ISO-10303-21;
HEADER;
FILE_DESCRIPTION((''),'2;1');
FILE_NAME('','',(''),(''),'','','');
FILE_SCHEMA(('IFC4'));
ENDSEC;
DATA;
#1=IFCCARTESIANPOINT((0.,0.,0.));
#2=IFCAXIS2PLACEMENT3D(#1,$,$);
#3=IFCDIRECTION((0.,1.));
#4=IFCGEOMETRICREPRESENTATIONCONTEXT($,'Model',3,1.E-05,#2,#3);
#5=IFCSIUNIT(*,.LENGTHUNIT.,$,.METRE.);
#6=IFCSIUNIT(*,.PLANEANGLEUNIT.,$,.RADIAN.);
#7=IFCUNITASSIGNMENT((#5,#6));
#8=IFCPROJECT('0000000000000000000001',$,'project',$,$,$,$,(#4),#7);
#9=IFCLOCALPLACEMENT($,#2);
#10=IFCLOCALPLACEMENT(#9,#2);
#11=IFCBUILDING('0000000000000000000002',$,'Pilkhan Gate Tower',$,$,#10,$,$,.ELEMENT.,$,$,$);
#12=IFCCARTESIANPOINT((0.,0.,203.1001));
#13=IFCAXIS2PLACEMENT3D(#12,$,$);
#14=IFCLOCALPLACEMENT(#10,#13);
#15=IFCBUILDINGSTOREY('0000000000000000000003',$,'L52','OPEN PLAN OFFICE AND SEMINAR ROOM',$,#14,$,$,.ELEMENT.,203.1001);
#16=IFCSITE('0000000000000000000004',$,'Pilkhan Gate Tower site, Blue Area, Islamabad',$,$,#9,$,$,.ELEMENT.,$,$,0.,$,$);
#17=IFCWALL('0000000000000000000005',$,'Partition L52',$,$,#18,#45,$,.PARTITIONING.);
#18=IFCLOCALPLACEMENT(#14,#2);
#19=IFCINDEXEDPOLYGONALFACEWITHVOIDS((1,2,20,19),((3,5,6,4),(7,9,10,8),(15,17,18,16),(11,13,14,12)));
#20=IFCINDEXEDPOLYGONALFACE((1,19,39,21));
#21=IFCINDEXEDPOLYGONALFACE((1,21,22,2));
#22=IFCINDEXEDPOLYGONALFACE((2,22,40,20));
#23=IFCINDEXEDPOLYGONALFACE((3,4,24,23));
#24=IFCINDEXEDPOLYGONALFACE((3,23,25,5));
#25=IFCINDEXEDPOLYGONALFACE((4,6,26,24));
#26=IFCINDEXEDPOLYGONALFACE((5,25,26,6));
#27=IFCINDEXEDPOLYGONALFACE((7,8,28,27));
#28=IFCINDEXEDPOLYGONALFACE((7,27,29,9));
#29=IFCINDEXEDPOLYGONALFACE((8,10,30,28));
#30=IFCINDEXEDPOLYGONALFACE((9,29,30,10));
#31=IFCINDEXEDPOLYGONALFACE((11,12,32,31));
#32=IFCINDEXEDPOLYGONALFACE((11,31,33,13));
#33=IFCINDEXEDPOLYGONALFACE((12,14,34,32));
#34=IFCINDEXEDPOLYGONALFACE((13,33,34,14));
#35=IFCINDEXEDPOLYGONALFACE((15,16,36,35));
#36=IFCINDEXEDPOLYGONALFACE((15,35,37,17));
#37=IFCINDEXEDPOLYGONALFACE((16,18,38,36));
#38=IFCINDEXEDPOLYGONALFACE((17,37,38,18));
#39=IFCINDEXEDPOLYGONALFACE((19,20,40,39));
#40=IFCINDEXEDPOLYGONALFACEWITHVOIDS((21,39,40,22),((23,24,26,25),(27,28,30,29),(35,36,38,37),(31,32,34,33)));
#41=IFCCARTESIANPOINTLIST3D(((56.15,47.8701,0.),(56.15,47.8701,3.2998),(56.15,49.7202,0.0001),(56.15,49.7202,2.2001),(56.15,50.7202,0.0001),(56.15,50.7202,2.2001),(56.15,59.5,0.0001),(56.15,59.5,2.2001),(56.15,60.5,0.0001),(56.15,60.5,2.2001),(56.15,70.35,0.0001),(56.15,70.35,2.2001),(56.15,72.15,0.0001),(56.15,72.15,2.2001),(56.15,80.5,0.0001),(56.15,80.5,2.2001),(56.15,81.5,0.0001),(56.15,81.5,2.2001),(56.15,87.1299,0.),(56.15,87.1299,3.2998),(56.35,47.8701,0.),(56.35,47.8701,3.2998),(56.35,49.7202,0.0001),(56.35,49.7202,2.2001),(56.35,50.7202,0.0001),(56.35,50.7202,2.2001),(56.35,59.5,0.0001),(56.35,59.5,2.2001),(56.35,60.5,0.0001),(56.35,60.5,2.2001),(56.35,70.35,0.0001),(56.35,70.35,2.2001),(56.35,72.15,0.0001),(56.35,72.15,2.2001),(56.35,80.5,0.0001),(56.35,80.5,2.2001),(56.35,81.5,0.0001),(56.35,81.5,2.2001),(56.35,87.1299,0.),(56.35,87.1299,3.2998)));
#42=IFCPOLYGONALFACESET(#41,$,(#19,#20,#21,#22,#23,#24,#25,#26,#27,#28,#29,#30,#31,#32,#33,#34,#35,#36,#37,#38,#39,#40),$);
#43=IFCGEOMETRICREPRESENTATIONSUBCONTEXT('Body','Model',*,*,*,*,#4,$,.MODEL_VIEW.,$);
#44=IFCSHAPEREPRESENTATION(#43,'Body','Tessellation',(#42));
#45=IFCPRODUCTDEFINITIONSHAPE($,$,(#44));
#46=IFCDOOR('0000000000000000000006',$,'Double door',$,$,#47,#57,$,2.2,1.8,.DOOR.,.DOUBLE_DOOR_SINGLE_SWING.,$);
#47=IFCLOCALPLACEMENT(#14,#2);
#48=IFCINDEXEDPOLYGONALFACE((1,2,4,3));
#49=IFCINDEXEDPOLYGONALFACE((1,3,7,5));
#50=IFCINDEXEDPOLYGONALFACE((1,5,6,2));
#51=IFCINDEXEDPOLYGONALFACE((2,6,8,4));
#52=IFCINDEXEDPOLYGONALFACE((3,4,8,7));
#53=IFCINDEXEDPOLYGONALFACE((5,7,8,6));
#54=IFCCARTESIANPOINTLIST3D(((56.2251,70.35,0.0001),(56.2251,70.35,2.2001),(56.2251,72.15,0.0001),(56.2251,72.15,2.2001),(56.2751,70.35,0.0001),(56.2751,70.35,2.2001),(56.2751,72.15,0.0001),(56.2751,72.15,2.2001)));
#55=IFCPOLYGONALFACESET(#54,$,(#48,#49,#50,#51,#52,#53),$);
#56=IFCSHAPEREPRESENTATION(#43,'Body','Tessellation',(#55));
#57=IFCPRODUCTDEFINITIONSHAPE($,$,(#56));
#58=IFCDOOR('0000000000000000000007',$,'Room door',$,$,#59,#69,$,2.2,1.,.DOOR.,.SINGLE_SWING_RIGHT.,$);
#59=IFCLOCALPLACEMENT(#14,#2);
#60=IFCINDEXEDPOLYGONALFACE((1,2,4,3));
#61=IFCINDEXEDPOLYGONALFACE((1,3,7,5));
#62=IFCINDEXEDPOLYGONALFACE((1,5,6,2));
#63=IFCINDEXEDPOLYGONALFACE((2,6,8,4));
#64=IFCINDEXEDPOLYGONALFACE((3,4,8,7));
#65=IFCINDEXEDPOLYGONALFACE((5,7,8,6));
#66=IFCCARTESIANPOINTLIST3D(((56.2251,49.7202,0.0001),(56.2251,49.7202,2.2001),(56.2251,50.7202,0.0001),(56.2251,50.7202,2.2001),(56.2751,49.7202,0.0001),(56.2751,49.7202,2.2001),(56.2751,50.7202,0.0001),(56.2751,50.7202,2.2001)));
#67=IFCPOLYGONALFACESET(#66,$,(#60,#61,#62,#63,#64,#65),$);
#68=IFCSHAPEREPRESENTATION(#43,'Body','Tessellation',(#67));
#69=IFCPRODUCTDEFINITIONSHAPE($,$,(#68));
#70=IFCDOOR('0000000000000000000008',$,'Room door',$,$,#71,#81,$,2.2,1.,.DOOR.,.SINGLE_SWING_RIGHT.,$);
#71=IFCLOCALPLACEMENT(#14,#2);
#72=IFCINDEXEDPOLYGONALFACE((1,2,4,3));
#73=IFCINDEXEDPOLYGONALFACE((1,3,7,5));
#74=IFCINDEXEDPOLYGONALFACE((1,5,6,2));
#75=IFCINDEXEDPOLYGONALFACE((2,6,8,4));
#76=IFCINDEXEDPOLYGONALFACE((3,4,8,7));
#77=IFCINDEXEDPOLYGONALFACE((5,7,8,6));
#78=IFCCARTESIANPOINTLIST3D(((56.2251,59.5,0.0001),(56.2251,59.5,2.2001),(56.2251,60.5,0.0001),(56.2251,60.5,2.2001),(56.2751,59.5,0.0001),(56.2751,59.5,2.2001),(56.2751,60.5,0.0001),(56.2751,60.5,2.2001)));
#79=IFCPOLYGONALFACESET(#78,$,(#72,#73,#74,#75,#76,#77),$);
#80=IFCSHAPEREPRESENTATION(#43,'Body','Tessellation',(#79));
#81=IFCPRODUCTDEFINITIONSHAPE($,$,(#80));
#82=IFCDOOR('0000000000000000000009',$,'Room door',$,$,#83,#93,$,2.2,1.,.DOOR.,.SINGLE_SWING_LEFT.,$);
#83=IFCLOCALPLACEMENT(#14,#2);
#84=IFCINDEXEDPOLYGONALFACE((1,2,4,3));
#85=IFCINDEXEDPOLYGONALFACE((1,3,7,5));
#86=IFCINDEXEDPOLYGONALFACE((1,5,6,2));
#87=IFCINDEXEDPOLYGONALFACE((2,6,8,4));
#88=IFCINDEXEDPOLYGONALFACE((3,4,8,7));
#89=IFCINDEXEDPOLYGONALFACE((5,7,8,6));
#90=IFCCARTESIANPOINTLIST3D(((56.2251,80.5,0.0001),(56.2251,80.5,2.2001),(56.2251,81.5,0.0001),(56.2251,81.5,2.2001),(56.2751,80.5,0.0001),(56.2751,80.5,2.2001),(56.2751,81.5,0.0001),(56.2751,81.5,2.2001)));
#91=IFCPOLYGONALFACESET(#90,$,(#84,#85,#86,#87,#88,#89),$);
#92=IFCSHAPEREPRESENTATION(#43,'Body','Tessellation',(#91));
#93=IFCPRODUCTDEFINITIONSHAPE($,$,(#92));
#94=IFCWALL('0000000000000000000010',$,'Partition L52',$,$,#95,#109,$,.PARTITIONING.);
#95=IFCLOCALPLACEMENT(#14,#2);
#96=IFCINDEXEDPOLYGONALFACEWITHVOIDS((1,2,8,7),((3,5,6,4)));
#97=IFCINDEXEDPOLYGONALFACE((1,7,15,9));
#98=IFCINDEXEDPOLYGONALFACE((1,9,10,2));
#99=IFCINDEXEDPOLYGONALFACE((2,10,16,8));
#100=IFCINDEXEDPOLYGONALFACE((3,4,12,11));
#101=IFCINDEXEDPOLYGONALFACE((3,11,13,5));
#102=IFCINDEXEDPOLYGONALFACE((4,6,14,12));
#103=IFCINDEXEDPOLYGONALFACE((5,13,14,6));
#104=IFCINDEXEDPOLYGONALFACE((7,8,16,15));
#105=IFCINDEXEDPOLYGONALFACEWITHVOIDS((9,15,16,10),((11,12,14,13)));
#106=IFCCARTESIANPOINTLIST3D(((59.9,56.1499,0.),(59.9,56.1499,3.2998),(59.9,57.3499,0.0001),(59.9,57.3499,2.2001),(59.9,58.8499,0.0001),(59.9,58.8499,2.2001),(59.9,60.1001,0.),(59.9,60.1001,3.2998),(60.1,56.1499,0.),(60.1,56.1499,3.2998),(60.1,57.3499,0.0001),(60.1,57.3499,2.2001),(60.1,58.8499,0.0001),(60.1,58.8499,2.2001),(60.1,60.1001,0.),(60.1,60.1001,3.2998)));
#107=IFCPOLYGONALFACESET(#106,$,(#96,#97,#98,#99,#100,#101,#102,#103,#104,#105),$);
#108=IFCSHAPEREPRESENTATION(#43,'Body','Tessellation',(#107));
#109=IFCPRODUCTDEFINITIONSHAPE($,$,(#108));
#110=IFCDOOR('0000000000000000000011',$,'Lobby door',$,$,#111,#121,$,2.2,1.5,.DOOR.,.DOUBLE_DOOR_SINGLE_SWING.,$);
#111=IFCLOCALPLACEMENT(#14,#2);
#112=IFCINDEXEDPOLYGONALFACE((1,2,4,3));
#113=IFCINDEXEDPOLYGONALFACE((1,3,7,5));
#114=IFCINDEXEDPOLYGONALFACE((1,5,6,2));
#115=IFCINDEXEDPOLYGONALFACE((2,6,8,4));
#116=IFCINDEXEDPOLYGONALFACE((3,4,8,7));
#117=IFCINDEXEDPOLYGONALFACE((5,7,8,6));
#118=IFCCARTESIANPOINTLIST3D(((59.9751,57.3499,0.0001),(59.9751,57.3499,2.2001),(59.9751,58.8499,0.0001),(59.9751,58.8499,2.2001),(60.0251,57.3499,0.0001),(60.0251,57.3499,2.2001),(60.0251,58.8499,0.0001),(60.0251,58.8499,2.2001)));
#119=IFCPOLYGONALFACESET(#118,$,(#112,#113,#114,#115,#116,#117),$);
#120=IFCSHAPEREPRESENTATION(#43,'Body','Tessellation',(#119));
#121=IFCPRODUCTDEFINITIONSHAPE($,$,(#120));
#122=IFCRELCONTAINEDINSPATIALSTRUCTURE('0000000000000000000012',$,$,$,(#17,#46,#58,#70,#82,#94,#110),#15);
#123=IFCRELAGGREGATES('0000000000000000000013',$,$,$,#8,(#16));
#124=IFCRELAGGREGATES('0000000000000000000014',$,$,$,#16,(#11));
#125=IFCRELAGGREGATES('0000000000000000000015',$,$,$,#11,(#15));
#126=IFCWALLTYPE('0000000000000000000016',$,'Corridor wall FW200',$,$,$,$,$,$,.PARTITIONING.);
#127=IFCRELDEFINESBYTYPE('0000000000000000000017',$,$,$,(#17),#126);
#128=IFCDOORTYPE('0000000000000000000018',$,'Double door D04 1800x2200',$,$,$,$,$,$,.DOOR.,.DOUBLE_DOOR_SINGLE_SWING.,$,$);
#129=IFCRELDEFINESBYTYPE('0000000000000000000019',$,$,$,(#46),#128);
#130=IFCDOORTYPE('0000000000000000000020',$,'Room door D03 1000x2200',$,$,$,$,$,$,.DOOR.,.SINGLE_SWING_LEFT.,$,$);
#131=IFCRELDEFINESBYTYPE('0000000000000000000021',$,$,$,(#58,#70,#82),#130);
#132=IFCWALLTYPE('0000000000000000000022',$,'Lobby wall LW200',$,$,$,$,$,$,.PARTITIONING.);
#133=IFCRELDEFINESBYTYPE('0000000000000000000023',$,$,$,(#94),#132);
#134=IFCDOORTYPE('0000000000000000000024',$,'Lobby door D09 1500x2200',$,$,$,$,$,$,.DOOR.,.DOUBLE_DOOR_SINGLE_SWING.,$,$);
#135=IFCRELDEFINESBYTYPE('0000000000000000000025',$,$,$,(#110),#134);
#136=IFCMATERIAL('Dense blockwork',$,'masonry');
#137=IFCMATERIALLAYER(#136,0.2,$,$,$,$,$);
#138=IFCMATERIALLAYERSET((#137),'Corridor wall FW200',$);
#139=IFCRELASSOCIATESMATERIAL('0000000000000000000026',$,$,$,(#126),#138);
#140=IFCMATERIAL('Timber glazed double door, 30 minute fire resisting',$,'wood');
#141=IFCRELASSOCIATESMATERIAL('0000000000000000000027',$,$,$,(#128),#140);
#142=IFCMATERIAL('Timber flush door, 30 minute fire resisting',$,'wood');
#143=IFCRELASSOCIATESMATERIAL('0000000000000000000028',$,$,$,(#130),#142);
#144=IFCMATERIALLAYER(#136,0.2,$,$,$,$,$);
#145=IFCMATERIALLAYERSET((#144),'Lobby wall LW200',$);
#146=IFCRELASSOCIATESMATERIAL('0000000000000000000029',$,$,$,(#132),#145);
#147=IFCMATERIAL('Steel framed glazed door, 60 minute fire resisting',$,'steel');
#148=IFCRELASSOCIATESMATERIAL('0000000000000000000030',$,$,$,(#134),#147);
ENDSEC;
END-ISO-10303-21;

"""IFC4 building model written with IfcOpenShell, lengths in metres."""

from ifc_helpers import new_model, si_unit, direction, frame, frame_2d, origin, place, context, subcontext, project, spatial, rectangle, extrude, material, layer, layer_set, type_object, element, fill, save


model = new_model("IFC4")

# Units and contexts
model_context = context("Model", 3, precision=1e-05, world=origin(), true_north=direction((0.0, 1.0)))
body_context = subcontext(model_context, "Body", "Model", "MODEL_VIEW")
ifc_project = project(units=[si_unit("LENGTHUNIT", "METRE"), si_unit("PLANEANGLEUNIT", "RADIAN")], contexts=[model_context])

# Site, building, storey
site_placement = place(None, origin())
site = spatial("IfcSite", under=ifc_project, at=site_placement, Name="Pilkhan Gate Tower site, Blue Area, Islamabad", CompositionType="ELEMENT", RefElevation=0.0)
building_placement = place(site_placement, origin())
building = spatial("IfcBuilding", under=site, at=building_placement, Name="Pilkhan Gate Tower", CompositionType="ELEMENT")
storey_placement = place(building_placement, frame((0.0, 0.0, 203.1001)))
storey = spatial("IfcBuildingStorey", under=building, at=storey_placement, Name="L52", Description="OPEN PLAN OFFICE AND SEMINAR ROOM", CompositionType="ELEMENT", Elevation=203.1001)

# Shared definitions
ifc_material_1 = material(Name="Dense blockwork", Category="masonry")
ifc_layer_1 = layer(ifc_material_1, 0.2)
ifc_layer_set_1 = layer_set([ifc_layer_1], Name="Corridor wall FW200")
wall_type_1 = type_object("IfcWallType", Name="Corridor wall FW200", PredefinedType="PARTITIONING", material=ifc_layer_set_1)

# Wall, openings, doors
wall_1_placement = place(storey_placement, frame((56.25, 47.8701, 0.0), z_axis=(0.0, 0.0, 1.0), x_axis=(0.0, 1.0, 0.0)))
wall_1 = element("IfcWall", 1, at=wall_1_placement, inside=storey, type_object=wall_type_1, Name="Partition L52", PredefinedType="PARTITIONING", context=body_context, shape_type="SweptSolid", body=[
    extrude(rectangle(XDim=39.2598, YDim=0.2, at=frame_2d((19.6299, 0.0))), origin(), (0.0, 0.0, 1.0), 3.2998),
])
opening_1_placement = place(wall_1_placement, frame((1.8501, 0.0, 0.0)))
opening_1 = element("IfcOpeningElement", 2, at=opening_1_placement, cuts=wall_1, PredefinedType="OPENING", context=body_context, shape_type="SweptSolid", body=[
    extrude(rectangle(XDim=1.0, YDim=2.2, at=frame_2d((0.5, 1.1001))), frame((0.0, 0.1099, 0.0), z_axis=(0.0, -1.0, 0.0), x_axis=(1.0, 0.0, 0.0)), (0.0, 0.0, 1.0), 0.22),
])
opening_2_placement = place(wall_1_placement, frame((11.6299, 0.0, 0.0)))
opening_2 = element("IfcOpeningElement", 3, at=opening_2_placement, cuts=wall_1, PredefinedType="OPENING", context=body_context, shape_type="SweptSolid", body=[
    extrude(rectangle(XDim=1.0, YDim=2.2, at=frame_2d((0.5, 1.1001))), frame((0.0, 0.1099, 0.0), z_axis=(0.0, -1.0, 0.0), x_axis=(1.0, 0.0, 0.0)), (0.0, 0.0, 1.0), 0.22),
])
opening_3_placement = place(wall_1_placement, frame((22.48, 0.0, 0.0)))
opening_3 = element("IfcOpeningElement", 4, at=opening_3_placement, cuts=wall_1, PredefinedType="OPENING", context=body_context, shape_type="SweptSolid", body=[
    extrude(rectangle(XDim=1.8, YDim=2.2, at=frame_2d((0.8999, 1.1001))), frame((0.0, 0.1099, 0.0), z_axis=(0.0, -1.0, 0.0), x_axis=(1.0, 0.0, 0.0)), (0.0, 0.0, 1.0), 0.22),
])
opening_4_placement = place(wall_1_placement, frame((32.6299, 0.0, 0.0)))
opening_4 = element("IfcOpeningElement", 5, at=opening_4_placement, cuts=wall_1, PredefinedType="OPENING", context=body_context, shape_type="SweptSolid", body=[
    extrude(rectangle(XDim=1.0, YDim=2.2, at=frame_2d((0.5, 1.1001))), frame((0.0, 0.1099, 0.0), z_axis=(0.0, -1.0, 0.0), x_axis=(1.0, 0.0, 0.0)), (0.0, 0.0, 1.0), 0.22),
])
ifc_material_2 = material(Name="Timber glazed double door, 30 minute fire resisting", Category="wood")
door_type_1 = type_object("IfcDoorType", Name="Double door D04 1800x2200", OperationType="DOUBLE_DOOR_SINGLE_SWING", PredefinedType="DOOR", material=ifc_material_2)
door_1_placement = place(opening_3_placement, origin())
door_1 = element("IfcDoor", 6, at=door_1_placement, inside=storey, type_object=door_type_1, Name="Double door", OperationType="DOUBLE_DOOR_SINGLE_SWING", OverallHeight=2.2, OverallWidth=1.8, PredefinedType="DOOR", context=body_context, shape_type="SweptSolid", body=[
    extrude(rectangle(XDim=1.8, YDim=2.2, at=frame_2d((0.8999, 1.1001))), frame((0.0, 0.0249, 0.0), z_axis=(0.0, -1.0, 0.0), x_axis=(1.0, 0.0, 0.0)), (0.0, 0.0, 1.0), 0.05),
])
fill(opening_3, door_1)
ifc_material_3 = material(Name="Timber flush door, 30 minute fire resisting", Category="wood")
door_type_2 = type_object("IfcDoorType", Name="Room door D03 1000x2200", OperationType="SINGLE_SWING_LEFT", PredefinedType="DOOR", material=ifc_material_3)
door_2_placement = place(opening_1_placement, origin())
door_2 = element("IfcDoor", 7, at=door_2_placement, inside=storey, type_object=door_type_2, Name="Room door", OperationType="SINGLE_SWING_RIGHT", OverallHeight=2.2, OverallWidth=1.0, PredefinedType="DOOR", context=body_context, shape_type="SweptSolid", body=[
    extrude(rectangle(XDim=1.0, YDim=2.2, at=frame_2d((0.5, 1.1001))), frame((0.0, 0.0249, 0.0), z_axis=(0.0, -1.0, 0.0), x_axis=(1.0, 0.0, 0.0)), (0.0, 0.0, 1.0), 0.05),
])
fill(opening_1, door_2)
door_3_placement = place(opening_2_placement, origin())
door_3 = element("IfcDoor", 8, at=door_3_placement, inside=storey, type_object=door_type_2, Name="Room door", OperationType="SINGLE_SWING_RIGHT", OverallHeight=2.2, OverallWidth=1.0, PredefinedType="DOOR", context=body_context, shape_type="SweptSolid", body=[
    extrude(rectangle(XDim=1.0, YDim=2.2, at=frame_2d((0.5, 1.1001))), frame((0.0, 0.0249, 0.0), z_axis=(0.0, -1.0, 0.0), x_axis=(1.0, 0.0, 0.0)), (0.0, 0.0, 1.0), 0.05),
])
fill(opening_2, door_3)
door_4_placement = place(opening_4_placement, origin())
door_4 = element("IfcDoor", 9, at=door_4_placement, inside=storey, type_object=door_type_2, Name="Room door", OperationType="SINGLE_SWING_LEFT", OverallHeight=2.2, OverallWidth=1.0, PredefinedType="DOOR", context=body_context, shape_type="SweptSolid", body=[
    extrude(rectangle(XDim=1.0, YDim=2.2, at=frame_2d((0.5, 1.1001))), frame((0.0, 0.0249, 0.0), z_axis=(0.0, -1.0, 0.0), x_axis=(1.0, 0.0, 0.0)), (0.0, 0.0, 1.0), 0.05),
])
fill(opening_4, door_4)

# Wall, opening, door
ifc_layer_2 = layer(ifc_material_1, 0.2)
ifc_layer_set_2 = layer_set([ifc_layer_2], Name="Lobby wall LW200")
wall_type_2 = type_object("IfcWallType", Name="Lobby wall LW200", PredefinedType="PARTITIONING", material=ifc_layer_set_2)
wall_2_placement = place(storey_placement, frame((60.0, 56.1499, 0.0), z_axis=(0.0, 0.0, 1.0), x_axis=(0.0, 1.0, 0.0)))
wall_2 = element("IfcWall", 10, at=wall_2_placement, inside=storey, type_object=wall_type_2, Name="Partition L52", PredefinedType="PARTITIONING", context=body_context, shape_type="SweptSolid", body=[
    extrude(rectangle(XDim=3.9502, YDim=0.2, at=frame_2d((1.9751, 0.0))), origin(), (0.0, 0.0, 1.0), 3.2998),
])
opening_5_placement = place(wall_2_placement, frame((1.2, 0.0, 0.0)))
opening_5 = element("IfcOpeningElement", 11, at=opening_5_placement, cuts=wall_2, PredefinedType="OPENING", context=body_context, shape_type="SweptSolid", body=[
    extrude(rectangle(XDim=1.5, YDim=2.2, at=frame_2d((0.75, 1.1001))), frame((0.0, 0.1099, 0.0), z_axis=(0.0, -1.0, 0.0), x_axis=(1.0, 0.0, 0.0)), (0.0, 0.0, 1.0), 0.22),
])
ifc_material_4 = material(Name="Steel framed glazed door, 60 minute fire resisting", Category="steel")
door_type_3 = type_object("IfcDoorType", Name="Lobby door D09 1500x2200", OperationType="DOUBLE_DOOR_SINGLE_SWING", PredefinedType="DOOR", material=ifc_material_4)
door_5_placement = place(opening_5_placement, origin())
door_5 = element("IfcDoor", 12, at=door_5_placement, inside=storey, type_object=door_type_3, Name="Lobby door", OperationType="DOUBLE_DOOR_SINGLE_SWING", OverallHeight=2.2, OverallWidth=1.5, PredefinedType="DOOR", context=body_context, shape_type="SweptSolid", body=[
    extrude(rectangle(XDim=1.5, YDim=2.2, at=frame_2d((0.75, 1.1001))), frame((0.0, 0.0249, 0.0), z_axis=(0.0, -1.0, 0.0), x_axis=(1.0, 0.0, 0.0)), (0.0, 0.0, 1.0), 0.05),
])
fill(opening_5, door_5)

save(model, "model.ifc")
